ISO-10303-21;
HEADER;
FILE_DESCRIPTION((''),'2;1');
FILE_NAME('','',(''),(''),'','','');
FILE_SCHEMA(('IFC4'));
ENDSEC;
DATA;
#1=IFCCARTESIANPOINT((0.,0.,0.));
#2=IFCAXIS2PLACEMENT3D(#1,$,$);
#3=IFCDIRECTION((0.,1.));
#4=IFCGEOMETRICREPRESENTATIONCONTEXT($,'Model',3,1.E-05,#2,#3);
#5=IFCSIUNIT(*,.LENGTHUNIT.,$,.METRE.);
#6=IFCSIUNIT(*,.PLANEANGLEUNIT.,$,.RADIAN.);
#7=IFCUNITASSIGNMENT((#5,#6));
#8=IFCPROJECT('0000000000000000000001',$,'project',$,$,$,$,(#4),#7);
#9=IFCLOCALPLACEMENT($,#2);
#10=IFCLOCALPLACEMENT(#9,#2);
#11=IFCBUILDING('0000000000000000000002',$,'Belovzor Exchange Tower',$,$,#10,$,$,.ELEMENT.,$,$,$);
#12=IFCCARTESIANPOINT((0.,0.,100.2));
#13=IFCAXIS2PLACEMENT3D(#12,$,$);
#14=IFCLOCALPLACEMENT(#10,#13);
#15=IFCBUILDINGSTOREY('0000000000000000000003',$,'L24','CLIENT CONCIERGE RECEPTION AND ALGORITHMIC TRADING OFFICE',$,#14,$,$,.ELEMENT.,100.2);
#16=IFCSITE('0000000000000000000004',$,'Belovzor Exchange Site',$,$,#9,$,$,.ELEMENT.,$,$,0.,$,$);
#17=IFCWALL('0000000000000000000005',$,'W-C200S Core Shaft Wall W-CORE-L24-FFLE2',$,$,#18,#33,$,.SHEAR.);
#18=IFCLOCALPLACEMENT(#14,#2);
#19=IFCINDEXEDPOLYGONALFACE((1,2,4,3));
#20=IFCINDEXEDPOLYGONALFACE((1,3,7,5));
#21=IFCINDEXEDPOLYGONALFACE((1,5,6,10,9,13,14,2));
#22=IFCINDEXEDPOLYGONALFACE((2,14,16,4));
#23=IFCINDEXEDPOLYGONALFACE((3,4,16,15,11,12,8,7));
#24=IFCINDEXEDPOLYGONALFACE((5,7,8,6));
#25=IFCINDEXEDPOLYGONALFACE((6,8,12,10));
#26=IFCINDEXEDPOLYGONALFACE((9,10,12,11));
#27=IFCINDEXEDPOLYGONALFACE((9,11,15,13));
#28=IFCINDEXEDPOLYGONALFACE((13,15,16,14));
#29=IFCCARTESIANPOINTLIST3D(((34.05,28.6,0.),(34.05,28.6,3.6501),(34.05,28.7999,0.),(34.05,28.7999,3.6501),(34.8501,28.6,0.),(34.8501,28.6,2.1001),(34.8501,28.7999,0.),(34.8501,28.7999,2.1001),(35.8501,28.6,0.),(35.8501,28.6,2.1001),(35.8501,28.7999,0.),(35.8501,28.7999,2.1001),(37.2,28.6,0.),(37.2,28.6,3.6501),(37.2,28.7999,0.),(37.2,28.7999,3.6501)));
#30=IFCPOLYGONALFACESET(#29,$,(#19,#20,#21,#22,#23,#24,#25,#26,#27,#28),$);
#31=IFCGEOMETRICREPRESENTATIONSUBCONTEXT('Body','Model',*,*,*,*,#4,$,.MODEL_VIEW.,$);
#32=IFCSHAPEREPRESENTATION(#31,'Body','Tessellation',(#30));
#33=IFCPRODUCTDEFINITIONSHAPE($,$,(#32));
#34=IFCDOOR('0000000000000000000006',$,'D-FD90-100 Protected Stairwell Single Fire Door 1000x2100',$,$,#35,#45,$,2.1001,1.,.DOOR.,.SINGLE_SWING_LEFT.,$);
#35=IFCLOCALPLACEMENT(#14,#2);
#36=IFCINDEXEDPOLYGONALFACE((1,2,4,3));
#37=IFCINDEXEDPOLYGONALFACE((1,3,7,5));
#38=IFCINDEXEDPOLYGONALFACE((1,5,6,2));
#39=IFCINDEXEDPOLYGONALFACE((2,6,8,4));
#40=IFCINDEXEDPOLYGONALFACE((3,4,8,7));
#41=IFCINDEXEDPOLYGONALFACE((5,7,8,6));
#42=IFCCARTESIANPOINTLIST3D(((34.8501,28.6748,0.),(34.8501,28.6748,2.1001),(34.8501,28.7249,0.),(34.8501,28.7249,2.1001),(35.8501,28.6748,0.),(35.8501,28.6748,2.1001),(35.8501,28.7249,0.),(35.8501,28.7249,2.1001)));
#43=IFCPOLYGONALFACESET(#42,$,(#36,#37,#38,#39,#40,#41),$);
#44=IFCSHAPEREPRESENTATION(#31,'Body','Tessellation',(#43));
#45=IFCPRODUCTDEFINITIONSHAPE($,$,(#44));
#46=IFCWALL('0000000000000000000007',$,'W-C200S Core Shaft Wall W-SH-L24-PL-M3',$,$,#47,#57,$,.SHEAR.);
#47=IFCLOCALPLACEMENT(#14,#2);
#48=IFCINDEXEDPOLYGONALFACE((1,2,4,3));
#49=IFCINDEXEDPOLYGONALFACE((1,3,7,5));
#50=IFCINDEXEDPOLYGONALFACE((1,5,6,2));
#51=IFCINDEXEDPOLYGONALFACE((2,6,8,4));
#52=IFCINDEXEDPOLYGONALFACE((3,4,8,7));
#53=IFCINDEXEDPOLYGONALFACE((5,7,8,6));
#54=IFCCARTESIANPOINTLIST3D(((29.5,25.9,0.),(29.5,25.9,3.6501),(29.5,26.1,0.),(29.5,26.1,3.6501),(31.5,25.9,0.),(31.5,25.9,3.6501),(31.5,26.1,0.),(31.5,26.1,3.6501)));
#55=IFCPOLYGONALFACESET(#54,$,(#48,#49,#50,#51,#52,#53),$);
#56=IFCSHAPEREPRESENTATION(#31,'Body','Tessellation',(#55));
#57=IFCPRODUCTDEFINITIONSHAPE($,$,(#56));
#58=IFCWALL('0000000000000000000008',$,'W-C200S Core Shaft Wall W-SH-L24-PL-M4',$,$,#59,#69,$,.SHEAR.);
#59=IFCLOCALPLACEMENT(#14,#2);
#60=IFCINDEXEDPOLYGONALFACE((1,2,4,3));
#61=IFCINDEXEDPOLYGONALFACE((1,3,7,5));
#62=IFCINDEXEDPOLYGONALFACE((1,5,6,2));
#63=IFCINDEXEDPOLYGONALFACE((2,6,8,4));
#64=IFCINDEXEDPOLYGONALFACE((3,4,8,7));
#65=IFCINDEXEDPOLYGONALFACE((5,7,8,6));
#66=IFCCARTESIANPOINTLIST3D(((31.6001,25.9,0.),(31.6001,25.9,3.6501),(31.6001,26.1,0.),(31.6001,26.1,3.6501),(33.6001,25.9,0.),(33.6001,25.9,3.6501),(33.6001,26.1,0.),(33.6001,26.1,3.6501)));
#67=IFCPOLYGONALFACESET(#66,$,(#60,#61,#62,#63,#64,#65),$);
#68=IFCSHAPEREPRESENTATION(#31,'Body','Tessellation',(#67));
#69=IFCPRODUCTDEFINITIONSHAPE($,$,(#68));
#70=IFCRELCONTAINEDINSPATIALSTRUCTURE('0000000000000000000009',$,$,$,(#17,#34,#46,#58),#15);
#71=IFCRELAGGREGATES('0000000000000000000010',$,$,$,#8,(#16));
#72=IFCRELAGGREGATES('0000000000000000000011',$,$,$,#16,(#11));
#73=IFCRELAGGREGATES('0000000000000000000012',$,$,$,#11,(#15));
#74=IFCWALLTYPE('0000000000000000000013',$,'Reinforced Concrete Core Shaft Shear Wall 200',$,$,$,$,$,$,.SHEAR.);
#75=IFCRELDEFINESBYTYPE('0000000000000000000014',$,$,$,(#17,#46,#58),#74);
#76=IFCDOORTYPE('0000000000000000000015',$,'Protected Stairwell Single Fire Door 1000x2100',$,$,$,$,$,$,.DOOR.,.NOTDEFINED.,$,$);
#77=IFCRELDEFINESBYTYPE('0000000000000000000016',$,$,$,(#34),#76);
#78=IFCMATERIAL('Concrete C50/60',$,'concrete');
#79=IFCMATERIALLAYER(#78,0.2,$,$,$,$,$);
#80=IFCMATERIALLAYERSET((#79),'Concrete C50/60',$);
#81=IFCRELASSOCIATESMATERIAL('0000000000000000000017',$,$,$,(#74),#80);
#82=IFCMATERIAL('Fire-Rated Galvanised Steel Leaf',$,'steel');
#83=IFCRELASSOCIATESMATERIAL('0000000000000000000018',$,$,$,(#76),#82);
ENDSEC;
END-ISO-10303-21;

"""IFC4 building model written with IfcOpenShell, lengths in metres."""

from ifc_helpers import new_model, si_unit, direction, frame, frame_2d, origin, place, context, subcontext, project, spatial, rectangle, extrude, material, layer, layer_set, type_object, element, fill, save


model = new_model("IFC4")

# Units and contexts
model_context = context("Model", 3, precision=1e-05, world=origin(), true_north=direction((0.0, 1.0)))
body_context = subcontext(model_context, "Body", "Model", "MODEL_VIEW")
ifc_project = project(units=[si_unit("LENGTHUNIT", "METRE"), si_unit("PLANEANGLEUNIT", "RADIAN")], contexts=[model_context])

# Site, building, storey
site_placement = place(None, origin())
site = spatial("IfcSite", under=ifc_project, at=site_placement, Name="Belovzor Exchange Site", CompositionType="ELEMENT", RefElevation=0.0)
building_placement = place(site_placement, origin())
building = spatial("IfcBuilding", under=site, at=building_placement, Name="Belovzor Exchange Tower", CompositionType="ELEMENT")
storey_placement = place(building_placement, frame((0.0, 0.0, 100.2)))
storey = spatial("IfcBuildingStorey", under=building, at=storey_placement, Name="L24", Description="CLIENT CONCIERGE RECEPTION AND ALGORITHMIC TRADING OFFICE", CompositionType="ELEMENT", Elevation=100.2)

# Wall, opening, door
ifc_material_1 = material(Name="Concrete C50/60", Category="concrete")
ifc_layer_1 = layer(ifc_material_1, 0.2)
ifc_layer_set_1 = layer_set([ifc_layer_1], Name="Concrete C50/60")
wall_type_1 = type_object("IfcWallType", Name="Reinforced Concrete Core Shaft Shear Wall 200", PredefinedType="SHEAR", material=ifc_layer_set_1)
wall_1_placement = place(storey_placement, frame((34.05, 28.7, 0.0), z_axis=(0.0, 0.0, 1.0), x_axis=(1.0, 0.0, 0.0)))
wall_1 = element("IfcWall", 1, at=wall_1_placement, inside=storey, type_object=wall_type_1, Name="W-C200S Core Shaft Wall W-CORE-L24-FFLE2", PredefinedType="SHEAR", context=body_context, shape_type="SweptSolid", body=[
    extrude(rectangle(XDim=3.1499, YDim=0.2, at=frame_2d((1.575, 0.0))), origin(), (0.0, 0.0, 1.0), 3.6501),
])
opening_1_placement = place(wall_1_placement, frame((0.8, 0.0, 0.0)))
opening_1 = element("IfcOpeningElement", 2, at=opening_1_placement, cuts=wall_1, PredefinedType="OPENING", context=body_context, shape_type="SweptSolid", body=[
    extrude(rectangle(XDim=1.0, YDim=2.1001, at=frame_2d((0.5, 1.05))), frame((0.0, 0.1099, 0.0), z_axis=(0.0, -1.0, 0.0), x_axis=(1.0, 0.0, 0.0)), (0.0, 0.0, 1.0), 0.22),
])
ifc_material_2 = material(Name="Fire-Rated Galvanised Steel Leaf", Category="steel")
door_type_1 = type_object("IfcDoorType", Name="Protected Stairwell Single Fire Door 1000x2100", OperationType="NOTDEFINED", PredefinedType="DOOR", material=ifc_material_2)
door_1_placement = place(opening_1_placement, origin())
door_1 = element("IfcDoor", 3, at=door_1_placement, inside=storey, type_object=door_type_1, Name="D-FD90-100 Protected Stairwell Single Fire Door 1000x2100", OperationType="SINGLE_SWING_LEFT", OverallHeight=2.1001, OverallWidth=1.0, PredefinedType="DOOR", context=body_context, shape_type="SweptSolid", body=[
    extrude(rectangle(XDim=1.0, YDim=2.1001, at=frame_2d((0.5, 1.05))), frame((0.0, 0.0249, 0.0), z_axis=(0.0, -1.0, 0.0), x_axis=(1.0, 0.0, 0.0)), (0.0, 0.0, 1.0), 0.05),
])
fill(opening_1, door_1)

# Walls
for number, where, z_axis, x_axis, name in (
    (4, (29.5, 26.0, 0.0), (0.0, 0.0, 1.0), (1.0, 0.0, 0.0), "W-C200S Core Shaft Wall W-SH-L24-PL-M3"),
    (5, (31.6001, 26.0, 0.0), (0.0, 0.0, 1.0), (1.0, 0.0, 0.0), "W-C200S Core Shaft Wall W-SH-L24-PL-M4"),
):
    element("IfcWall", number, at=place(storey_placement, frame(where, z_axis=z_axis, x_axis=x_axis)), inside=storey, type_object=wall_type_1, Name=name, PredefinedType="SHEAR", context=body_context, shape_type="SweptSolid", body=[
        extrude(rectangle(XDim=2.0, YDim=0.2, at=frame_2d((1.0, 0.0))), origin(), (0.0, 0.0, 1.0), 3.6501),
    ])

save(model, "model.ifc")
